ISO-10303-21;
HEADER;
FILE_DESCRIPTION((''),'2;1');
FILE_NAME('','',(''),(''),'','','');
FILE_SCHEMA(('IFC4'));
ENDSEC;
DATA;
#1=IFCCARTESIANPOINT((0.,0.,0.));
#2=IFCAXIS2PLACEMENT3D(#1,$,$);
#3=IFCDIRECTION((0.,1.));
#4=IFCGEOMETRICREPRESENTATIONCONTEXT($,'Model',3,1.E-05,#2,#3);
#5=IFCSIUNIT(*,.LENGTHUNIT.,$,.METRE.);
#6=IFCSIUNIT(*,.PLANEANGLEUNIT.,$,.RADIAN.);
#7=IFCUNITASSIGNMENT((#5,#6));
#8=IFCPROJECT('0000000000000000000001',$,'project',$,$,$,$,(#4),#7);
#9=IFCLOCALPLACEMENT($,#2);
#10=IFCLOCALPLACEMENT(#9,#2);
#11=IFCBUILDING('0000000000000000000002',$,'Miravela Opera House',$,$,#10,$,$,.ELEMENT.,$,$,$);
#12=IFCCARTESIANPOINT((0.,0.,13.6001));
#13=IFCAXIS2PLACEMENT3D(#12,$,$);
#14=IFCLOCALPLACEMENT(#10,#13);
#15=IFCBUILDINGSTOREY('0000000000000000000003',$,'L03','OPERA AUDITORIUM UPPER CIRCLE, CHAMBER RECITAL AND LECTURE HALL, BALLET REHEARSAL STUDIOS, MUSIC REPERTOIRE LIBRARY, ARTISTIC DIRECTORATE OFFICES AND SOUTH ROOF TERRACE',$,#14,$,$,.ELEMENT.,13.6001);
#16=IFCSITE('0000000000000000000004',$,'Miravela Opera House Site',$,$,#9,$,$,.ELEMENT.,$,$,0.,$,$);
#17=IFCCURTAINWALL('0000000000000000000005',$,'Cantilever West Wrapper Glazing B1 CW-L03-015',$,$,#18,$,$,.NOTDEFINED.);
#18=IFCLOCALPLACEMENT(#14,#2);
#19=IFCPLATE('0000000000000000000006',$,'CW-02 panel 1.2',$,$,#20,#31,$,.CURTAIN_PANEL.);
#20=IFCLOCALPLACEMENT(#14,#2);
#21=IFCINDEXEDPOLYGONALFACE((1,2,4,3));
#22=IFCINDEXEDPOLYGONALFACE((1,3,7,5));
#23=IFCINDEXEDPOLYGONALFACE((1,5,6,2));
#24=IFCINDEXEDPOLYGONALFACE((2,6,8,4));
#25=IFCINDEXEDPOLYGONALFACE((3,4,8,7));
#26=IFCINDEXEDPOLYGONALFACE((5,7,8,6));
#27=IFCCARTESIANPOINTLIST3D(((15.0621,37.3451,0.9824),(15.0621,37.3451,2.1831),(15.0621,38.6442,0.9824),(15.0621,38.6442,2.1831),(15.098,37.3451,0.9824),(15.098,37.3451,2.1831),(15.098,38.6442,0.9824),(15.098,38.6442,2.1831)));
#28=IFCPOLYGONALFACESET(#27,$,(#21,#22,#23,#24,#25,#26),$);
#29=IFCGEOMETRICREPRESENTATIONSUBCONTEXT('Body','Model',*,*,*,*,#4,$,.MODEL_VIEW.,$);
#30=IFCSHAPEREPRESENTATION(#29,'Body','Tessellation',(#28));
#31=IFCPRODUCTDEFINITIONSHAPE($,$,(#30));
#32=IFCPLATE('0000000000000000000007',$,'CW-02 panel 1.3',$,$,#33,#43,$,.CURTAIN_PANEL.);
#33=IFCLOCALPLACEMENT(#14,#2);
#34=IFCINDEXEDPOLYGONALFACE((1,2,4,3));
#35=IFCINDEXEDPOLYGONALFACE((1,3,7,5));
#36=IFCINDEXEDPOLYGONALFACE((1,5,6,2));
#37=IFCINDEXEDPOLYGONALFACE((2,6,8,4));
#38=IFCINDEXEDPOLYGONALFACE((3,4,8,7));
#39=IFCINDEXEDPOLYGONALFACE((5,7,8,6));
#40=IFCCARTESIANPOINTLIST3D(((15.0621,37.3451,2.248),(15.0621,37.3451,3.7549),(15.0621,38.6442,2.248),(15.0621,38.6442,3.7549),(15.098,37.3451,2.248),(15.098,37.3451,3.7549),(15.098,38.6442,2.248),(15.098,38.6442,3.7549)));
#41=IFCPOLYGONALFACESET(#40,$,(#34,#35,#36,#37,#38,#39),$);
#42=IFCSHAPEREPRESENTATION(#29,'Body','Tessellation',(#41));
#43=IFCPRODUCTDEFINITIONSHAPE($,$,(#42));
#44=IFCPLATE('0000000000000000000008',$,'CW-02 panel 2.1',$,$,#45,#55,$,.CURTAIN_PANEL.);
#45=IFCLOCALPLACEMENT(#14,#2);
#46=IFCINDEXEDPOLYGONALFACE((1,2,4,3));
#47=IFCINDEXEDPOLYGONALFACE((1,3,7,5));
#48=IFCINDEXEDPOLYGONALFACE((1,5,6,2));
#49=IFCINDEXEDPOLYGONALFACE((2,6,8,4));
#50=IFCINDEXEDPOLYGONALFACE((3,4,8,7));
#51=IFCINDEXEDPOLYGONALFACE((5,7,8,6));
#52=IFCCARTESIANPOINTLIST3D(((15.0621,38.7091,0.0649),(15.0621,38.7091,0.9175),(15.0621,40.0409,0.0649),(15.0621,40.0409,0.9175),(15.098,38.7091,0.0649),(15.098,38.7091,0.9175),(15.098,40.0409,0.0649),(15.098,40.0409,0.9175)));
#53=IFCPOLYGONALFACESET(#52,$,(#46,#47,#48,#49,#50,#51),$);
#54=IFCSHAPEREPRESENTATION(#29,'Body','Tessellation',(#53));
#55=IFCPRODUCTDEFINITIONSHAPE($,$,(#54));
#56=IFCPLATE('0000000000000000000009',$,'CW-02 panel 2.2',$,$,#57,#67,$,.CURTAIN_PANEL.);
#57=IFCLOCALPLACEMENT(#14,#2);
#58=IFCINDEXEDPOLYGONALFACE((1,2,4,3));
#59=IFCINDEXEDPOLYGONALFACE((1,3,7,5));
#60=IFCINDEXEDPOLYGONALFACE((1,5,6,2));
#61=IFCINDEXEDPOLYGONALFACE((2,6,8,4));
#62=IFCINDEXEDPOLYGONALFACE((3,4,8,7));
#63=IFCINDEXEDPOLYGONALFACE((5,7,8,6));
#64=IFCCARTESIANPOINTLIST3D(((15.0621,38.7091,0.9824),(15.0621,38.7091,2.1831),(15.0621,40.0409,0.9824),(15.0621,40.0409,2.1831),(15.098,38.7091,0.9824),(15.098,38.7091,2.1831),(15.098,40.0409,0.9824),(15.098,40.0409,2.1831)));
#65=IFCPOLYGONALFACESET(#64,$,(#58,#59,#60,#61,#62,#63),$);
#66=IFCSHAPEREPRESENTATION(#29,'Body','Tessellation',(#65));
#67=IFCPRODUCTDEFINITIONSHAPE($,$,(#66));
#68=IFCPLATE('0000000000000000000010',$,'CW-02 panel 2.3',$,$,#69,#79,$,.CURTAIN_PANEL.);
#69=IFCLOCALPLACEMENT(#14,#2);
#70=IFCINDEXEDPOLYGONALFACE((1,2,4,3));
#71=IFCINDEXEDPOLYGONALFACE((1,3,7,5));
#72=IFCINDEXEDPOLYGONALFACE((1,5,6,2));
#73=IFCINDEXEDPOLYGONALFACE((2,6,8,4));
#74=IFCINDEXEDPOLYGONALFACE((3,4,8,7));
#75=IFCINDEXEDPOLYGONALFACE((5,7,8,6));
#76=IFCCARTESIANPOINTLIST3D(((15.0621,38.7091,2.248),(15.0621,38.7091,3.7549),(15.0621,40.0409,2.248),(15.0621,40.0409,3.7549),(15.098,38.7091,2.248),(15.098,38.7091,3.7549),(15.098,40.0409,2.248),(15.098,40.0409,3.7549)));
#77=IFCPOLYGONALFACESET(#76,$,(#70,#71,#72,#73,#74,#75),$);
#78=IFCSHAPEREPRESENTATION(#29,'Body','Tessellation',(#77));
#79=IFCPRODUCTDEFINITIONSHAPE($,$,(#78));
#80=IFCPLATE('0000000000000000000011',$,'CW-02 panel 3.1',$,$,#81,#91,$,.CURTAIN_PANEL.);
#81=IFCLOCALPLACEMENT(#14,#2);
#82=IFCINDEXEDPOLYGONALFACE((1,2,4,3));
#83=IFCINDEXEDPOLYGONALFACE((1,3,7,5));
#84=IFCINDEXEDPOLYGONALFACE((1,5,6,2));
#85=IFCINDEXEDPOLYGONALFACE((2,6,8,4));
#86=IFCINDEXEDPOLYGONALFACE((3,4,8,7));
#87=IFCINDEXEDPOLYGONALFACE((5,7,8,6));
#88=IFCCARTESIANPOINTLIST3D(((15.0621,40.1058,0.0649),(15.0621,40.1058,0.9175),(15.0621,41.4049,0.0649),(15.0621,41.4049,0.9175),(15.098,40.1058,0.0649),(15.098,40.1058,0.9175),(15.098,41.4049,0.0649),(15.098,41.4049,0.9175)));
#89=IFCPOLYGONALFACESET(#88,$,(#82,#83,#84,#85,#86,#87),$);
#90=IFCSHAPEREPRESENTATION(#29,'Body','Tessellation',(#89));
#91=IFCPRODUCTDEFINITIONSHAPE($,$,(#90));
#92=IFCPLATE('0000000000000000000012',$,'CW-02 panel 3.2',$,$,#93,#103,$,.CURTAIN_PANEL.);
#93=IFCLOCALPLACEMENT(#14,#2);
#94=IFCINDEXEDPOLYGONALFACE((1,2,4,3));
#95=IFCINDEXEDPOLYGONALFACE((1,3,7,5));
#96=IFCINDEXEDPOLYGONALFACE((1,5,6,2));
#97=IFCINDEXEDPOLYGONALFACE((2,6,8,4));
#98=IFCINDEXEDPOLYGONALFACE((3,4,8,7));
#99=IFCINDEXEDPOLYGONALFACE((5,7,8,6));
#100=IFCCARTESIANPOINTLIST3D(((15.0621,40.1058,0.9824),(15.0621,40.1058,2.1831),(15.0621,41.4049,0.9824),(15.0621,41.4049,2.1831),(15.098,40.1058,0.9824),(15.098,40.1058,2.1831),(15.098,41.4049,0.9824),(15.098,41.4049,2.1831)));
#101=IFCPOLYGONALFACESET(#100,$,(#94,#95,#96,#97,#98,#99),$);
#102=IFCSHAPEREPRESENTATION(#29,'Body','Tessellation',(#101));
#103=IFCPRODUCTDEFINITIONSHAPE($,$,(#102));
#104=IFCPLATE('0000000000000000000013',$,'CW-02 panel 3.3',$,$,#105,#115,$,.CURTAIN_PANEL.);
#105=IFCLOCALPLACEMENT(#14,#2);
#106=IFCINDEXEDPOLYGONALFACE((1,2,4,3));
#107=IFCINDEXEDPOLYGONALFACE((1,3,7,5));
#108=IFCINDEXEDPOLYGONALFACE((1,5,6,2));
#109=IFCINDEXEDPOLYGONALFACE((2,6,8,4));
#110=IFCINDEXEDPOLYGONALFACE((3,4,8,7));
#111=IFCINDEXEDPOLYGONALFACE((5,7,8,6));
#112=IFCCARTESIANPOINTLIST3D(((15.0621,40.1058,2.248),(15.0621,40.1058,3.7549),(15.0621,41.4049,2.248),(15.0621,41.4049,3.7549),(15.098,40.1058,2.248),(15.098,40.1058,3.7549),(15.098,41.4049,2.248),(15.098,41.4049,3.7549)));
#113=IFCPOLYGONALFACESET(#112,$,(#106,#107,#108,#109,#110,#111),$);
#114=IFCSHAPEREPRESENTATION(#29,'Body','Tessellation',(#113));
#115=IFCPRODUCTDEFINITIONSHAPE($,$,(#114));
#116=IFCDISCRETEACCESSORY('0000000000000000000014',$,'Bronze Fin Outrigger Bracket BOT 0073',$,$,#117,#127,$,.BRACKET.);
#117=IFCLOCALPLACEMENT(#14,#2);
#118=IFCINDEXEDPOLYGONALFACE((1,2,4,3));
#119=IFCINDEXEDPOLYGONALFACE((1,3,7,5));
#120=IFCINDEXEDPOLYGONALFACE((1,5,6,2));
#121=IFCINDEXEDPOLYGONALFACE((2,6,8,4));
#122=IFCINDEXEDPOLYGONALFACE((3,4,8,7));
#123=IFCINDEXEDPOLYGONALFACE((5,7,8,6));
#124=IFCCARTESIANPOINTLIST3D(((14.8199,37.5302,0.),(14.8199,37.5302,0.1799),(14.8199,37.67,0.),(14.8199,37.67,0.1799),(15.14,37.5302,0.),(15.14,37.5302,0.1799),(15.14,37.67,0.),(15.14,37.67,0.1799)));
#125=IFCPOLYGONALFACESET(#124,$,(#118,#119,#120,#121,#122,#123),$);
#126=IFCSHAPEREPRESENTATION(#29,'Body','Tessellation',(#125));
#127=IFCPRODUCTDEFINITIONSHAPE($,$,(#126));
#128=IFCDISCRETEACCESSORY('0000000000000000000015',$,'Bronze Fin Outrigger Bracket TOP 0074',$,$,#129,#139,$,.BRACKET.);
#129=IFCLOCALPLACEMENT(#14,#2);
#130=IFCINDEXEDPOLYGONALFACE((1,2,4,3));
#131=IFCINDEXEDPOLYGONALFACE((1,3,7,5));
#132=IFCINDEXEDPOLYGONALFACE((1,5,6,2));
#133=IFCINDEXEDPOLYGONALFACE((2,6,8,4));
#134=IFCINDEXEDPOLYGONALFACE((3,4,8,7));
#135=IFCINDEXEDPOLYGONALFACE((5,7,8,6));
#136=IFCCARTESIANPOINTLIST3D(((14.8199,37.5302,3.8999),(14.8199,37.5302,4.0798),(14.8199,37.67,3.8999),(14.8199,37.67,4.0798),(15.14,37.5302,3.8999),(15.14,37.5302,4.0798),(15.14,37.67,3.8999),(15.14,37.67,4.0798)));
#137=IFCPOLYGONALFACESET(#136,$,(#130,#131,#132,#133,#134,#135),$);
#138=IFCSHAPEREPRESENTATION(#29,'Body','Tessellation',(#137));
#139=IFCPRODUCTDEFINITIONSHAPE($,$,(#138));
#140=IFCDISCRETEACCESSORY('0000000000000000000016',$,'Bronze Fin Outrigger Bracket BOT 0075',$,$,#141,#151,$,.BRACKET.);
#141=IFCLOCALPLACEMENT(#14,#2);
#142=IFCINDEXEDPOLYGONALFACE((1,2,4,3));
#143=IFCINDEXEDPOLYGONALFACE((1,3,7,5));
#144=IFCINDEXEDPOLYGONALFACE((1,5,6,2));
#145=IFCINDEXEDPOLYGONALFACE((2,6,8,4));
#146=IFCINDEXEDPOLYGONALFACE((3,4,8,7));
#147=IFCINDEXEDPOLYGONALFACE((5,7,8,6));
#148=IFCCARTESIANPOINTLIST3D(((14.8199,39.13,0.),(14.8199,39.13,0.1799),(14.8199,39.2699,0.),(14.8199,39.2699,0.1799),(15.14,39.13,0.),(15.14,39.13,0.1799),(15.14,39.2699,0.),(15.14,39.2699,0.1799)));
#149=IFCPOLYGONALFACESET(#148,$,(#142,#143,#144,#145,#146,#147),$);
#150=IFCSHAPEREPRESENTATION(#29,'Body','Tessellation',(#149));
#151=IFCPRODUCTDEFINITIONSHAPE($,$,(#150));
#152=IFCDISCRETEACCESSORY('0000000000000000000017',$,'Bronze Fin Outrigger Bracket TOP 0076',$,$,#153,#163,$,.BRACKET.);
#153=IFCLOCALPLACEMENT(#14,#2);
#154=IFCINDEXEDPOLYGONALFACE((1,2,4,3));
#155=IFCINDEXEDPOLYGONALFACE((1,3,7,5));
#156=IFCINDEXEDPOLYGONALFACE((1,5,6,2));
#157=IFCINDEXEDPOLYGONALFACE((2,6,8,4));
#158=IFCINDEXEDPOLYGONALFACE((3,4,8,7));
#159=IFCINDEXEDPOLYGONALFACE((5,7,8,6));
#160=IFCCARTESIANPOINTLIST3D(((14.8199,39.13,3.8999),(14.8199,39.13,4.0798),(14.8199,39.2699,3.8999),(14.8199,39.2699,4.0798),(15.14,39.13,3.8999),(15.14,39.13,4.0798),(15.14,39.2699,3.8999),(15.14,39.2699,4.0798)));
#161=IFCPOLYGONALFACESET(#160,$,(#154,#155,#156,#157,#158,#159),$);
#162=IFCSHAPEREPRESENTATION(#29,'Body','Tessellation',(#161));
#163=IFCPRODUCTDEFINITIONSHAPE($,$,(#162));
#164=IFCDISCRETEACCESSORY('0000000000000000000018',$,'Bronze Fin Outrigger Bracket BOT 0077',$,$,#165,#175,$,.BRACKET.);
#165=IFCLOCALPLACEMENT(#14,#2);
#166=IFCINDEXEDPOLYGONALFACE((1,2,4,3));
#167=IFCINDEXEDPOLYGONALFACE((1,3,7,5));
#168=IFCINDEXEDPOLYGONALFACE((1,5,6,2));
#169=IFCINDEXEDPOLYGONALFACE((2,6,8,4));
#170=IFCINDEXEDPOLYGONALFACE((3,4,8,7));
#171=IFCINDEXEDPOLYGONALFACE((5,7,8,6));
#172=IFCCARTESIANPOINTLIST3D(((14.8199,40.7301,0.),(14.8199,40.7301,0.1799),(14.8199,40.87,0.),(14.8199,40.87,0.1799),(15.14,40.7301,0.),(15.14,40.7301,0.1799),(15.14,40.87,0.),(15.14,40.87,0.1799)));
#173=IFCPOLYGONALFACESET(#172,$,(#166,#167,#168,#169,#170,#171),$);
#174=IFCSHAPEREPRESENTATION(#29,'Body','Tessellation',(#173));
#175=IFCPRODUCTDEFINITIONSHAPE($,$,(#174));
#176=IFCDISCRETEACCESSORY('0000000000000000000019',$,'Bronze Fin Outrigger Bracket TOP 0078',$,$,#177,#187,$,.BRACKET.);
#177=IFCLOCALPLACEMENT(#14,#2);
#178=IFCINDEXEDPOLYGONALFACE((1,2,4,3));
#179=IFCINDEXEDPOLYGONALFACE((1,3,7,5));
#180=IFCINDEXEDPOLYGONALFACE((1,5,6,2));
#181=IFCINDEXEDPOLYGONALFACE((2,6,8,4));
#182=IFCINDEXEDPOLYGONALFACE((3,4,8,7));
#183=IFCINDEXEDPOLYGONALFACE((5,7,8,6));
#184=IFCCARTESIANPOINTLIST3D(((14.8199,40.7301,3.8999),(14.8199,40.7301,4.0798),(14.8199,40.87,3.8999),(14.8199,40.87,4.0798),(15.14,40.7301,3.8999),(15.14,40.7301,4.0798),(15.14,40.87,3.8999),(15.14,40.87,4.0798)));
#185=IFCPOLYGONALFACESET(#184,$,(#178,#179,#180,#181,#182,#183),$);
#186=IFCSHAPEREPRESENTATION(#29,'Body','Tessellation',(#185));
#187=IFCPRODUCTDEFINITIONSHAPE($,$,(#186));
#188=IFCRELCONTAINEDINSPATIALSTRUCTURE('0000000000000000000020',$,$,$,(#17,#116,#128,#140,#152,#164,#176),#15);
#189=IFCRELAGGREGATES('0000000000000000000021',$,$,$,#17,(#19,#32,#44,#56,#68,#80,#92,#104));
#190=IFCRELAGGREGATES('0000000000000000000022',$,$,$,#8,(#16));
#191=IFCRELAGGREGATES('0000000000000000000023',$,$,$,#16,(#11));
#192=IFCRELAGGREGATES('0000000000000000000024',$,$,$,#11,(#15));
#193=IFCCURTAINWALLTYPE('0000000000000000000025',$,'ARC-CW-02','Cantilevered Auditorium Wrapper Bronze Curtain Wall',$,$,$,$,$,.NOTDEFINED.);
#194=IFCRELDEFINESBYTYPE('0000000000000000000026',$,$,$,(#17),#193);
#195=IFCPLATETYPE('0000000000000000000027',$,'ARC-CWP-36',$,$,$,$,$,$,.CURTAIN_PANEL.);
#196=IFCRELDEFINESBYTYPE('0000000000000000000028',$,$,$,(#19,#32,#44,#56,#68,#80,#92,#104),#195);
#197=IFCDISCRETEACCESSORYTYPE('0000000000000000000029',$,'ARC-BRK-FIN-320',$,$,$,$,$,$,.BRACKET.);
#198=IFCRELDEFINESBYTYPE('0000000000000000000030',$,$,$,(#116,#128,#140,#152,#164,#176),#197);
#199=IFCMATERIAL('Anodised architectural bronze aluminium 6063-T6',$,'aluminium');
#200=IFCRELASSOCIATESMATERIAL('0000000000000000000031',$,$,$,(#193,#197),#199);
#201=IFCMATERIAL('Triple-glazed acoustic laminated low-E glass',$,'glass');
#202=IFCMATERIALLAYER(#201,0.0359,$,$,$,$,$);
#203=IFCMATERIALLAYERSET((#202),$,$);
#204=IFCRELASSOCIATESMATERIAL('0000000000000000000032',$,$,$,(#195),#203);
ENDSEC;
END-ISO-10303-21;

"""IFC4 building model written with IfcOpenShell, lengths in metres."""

from ifc_helpers import new_model, si_unit, direction, frame, origin, origin_2d, place, context, subcontext, project, spatial, rectangle, extrude, material, layer, layer_set, type_object, element, aggregate, save


model = new_model("IFC4")

# Units and contexts
model_context = context("Model", 3, precision=1e-05, world=origin(), true_north=direction((0.0, 1.0)))
body_context = subcontext(model_context, "Body", "Model", "MODEL_VIEW")
ifc_project = project(units=[si_unit("LENGTHUNIT", "METRE"), si_unit("PLANEANGLEUNIT", "RADIAN")], contexts=[model_context])

# Site, building, storey
site_placement = place(None, origin())
site = spatial("IfcSite", under=ifc_project, at=site_placement, Name="Miravela Opera House Site", CompositionType="ELEMENT", RefElevation=0.0)
building_placement = place(site_placement, origin())
building = spatial("IfcBuilding", under=site, at=building_placement, Name="Miravela Opera House", CompositionType="ELEMENT")
storey_placement = place(building_placement, frame((0.0, 0.0, 13.6001)))
storey = spatial("IfcBuildingStorey", under=building, at=storey_placement, Name="L03", Description="OPERA AUDITORIUM UPPER CIRCLE, CHAMBER RECITAL AND LECTURE HALL, BALLET REHEARSAL STUDIOS, MUSIC REPERTOIRE LIBRARY, ARTISTIC DIRECTORATE OFFICES AND SOUTH ROOF TERRACE", CompositionType="ELEMENT", Elevation=13.6001)

# Curtain wall
ifc_material_1 = material(Name="Anodised architectural bronze aluminium 6063-T6", Category="aluminium")
curtain_wall_type = type_object("IfcCurtainWallType", Name="ARC-CW-02", Description="Cantilevered Auditorium Wrapper Bronze Curtain Wall", PredefinedType="NOTDEFINED", material=ifc_material_1)
curtain_wall_1_placement = place(storey_placement, origin())
curtain_wall_1 = element("IfcCurtainWall", 1, at=curtain_wall_1_placement, inside=storey, type_object=curtain_wall_type, Name="Cantilever West Wrapper Glazing B1 CW-L03-015", PredefinedType="NOTDEFINED")

# Plates
ifc_material_2 = material(Name="Triple-glazed acoustic laminated low-E glass", Category="glass")
ifc_layer = layer(ifc_material_2, 0.0359)
ifc_layer_set = layer_set([ifc_layer])
plate_type = type_object("IfcPlateType", Name="ARC-CWP-36", PredefinedType="CURTAIN_PANEL", material=ifc_layer_set)
plate_1_placement = place(storey_placement, frame((15.0801, 37.9946, 0.9824), z_axis=(0.0, 0.0, 1.0), x_axis=(0.0, 1.0, 0.0)))
plate_1 = element("IfcPlate", 2, at=plate_1_placement, type_object=plate_type, Name="CW-02 panel 1.2", PredefinedType="CURTAIN_PANEL", context=body_context, shape_type="SweptSolid", body=[
    extrude(rectangle(XDim=1.2991, YDim=0.0359, at=origin_2d()), origin(), (0.0, 0.0, 1.0), 1.2007),
])
plate_2_placement = place(storey_placement, frame((15.0801, 37.9946, 2.248), z_axis=(0.0, 0.0, 1.0), x_axis=(0.0, 1.0, 0.0)))
plate_2 = element("IfcPlate", 3, at=plate_2_placement, type_object=plate_type, Name="CW-02 panel 1.3", PredefinedType="CURTAIN_PANEL", context=body_context, shape_type="SweptSolid", body=[
    extrude(rectangle(XDim=1.2991, YDim=0.0359, at=origin_2d()), origin(), (0.0, 0.0, 1.0), 1.5068),
])
plate_3_placement = place(storey_placement, frame((15.0801, 39.375, 0.0649), z_axis=(0.0, 0.0, 1.0), x_axis=(0.0, 1.0, 0.0)))
plate_3 = element("IfcPlate", 4, at=plate_3_placement, type_object=plate_type, Name="CW-02 panel 2.1", PredefinedType="CURTAIN_PANEL", context=body_context, shape_type="SweptSolid", body=[
    extrude(rectangle(XDim=1.3318, YDim=0.0359, at=origin_2d()), origin(), (0.0, 0.0, 1.0), 0.8525),
])
plate_4_placement = place(storey_placement, frame((15.0801, 39.375, 0.9824), z_axis=(0.0, 0.0, 1.0), x_axis=(0.0, 1.0, 0.0)))
plate_4 = element("IfcPlate", 5, at=plate_4_placement, type_object=plate_type, Name="CW-02 panel 2.2", PredefinedType="CURTAIN_PANEL", context=body_context, shape_type="SweptSolid", body=[
    extrude(rectangle(XDim=1.3318, YDim=0.0359, at=origin_2d()), origin(), (0.0, 0.0, 1.0), 1.2007),
])
plate_5_placement = place(storey_placement, frame((15.0801, 39.375, 2.248), z_axis=(0.0, 0.0, 1.0), x_axis=(0.0, 1.0, 0.0)))
plate_5 = element("IfcPlate", 6, at=plate_5_placement, type_object=plate_type, Name="CW-02 panel 2.3", PredefinedType="CURTAIN_PANEL", context=body_context, shape_type="SweptSolid", body=[
    extrude(rectangle(XDim=1.3318, YDim=0.0359, at=origin_2d()), origin(), (0.0, 0.0, 1.0), 1.5068),
])
plate_6_placement = place(storey_placement, frame((15.0801, 40.7554, 0.0649), z_axis=(0.0, 0.0, 1.0), x_axis=(0.0, 1.0, 0.0)))
plate_6 = element("IfcPlate", 7, at=plate_6_placement, type_object=plate_type, Name="CW-02 panel 3.1", PredefinedType="CURTAIN_PANEL", context=body_context, shape_type="SweptSolid", body=[
    extrude(rectangle(XDim=1.2991, YDim=0.0359, at=origin_2d()), origin(), (0.0, 0.0, 1.0), 0.8525),
])
plate_7_placement = place(storey_placement, frame((15.0801, 40.7554, 0.9824), z_axis=(0.0, 0.0, 1.0), x_axis=(0.0, 1.0, 0.0)))
plate_7 = element("IfcPlate", 8, at=plate_7_placement, type_object=plate_type, Name="CW-02 panel 3.2", PredefinedType="CURTAIN_PANEL", context=body_context, shape_type="SweptSolid", body=[
    extrude(rectangle(XDim=1.2991, YDim=0.0359, at=origin_2d()), origin(), (0.0, 0.0, 1.0), 1.2007),
])
plate_8_placement = place(storey_placement, frame((15.0801, 40.7554, 2.248), z_axis=(0.0, 0.0, 1.0), x_axis=(0.0, 1.0, 0.0)))
plate_8 = element("IfcPlate", 9, at=plate_8_placement, type_object=plate_type, Name="CW-02 panel 3.3", PredefinedType="CURTAIN_PANEL", context=body_context, shape_type="SweptSolid", body=[
    extrude(rectangle(XDim=1.2991, YDim=0.0359, at=origin_2d()), origin(), (0.0, 0.0, 1.0), 1.5068),
])
aggregate(curtain_wall_1, [plate_1, plate_2, plate_3, plate_4, plate_5, plate_6, plate_7, plate_8])

# Discrete accessories
discrete_accessory_type = type_object("IfcDiscreteAccessoryType", Name="ARC-BRK-FIN-320", PredefinedType="BRACKET", material=ifc_material_1)
for number, where, z_axis, x_axis, name in (
    (10, (14.98, 37.6001, 0.0), (0.0, 0.0, 1.0), (1.0, 0.0, 0.0), "Bronze Fin Outrigger Bracket BOT 0073"),
    (11, (14.98, 37.6001, 3.8999), (0.0, 0.0, 1.0), (1.0, 0.0, 0.0), "Bronze Fin Outrigger Bracket TOP 0074"),
    (12, (14.98, 39.2, 0.0), (0.0, 0.0, 1.0), (1.0, 0.0, 0.0), "Bronze Fin Outrigger Bracket BOT 0075"),
    (13, (14.98, 39.2, 3.8999), (0.0, 0.0, 1.0), (1.0, 0.0, 0.0), "Bronze Fin Outrigger Bracket TOP 0076"),
    (14, (14.98, 40.8, 0.0), (0.0, 0.0, 1.0), (1.0, 0.0, 0.0), "Bronze Fin Outrigger Bracket BOT 0077"),
    (15, (14.98, 40.8, 3.8999), (0.0, 0.0, 1.0), (1.0, 0.0, 0.0), "Bronze Fin Outrigger Bracket TOP 0078"),
):
    element("IfcDiscreteAccessory", number, at=place(storey_placement, frame(where, z_axis=z_axis, x_axis=x_axis)), inside=storey, type_object=discrete_accessory_type, Name=name, PredefinedType="BRACKET", context=body_context, shape_type="SweptSolid", body=[
        extrude(rectangle(XDim=0.3201, YDim=0.1399, at=origin_2d()), origin(), (0.0, 0.0, 1.0), 0.1799),
    ])

save(model, "model.ifc")
